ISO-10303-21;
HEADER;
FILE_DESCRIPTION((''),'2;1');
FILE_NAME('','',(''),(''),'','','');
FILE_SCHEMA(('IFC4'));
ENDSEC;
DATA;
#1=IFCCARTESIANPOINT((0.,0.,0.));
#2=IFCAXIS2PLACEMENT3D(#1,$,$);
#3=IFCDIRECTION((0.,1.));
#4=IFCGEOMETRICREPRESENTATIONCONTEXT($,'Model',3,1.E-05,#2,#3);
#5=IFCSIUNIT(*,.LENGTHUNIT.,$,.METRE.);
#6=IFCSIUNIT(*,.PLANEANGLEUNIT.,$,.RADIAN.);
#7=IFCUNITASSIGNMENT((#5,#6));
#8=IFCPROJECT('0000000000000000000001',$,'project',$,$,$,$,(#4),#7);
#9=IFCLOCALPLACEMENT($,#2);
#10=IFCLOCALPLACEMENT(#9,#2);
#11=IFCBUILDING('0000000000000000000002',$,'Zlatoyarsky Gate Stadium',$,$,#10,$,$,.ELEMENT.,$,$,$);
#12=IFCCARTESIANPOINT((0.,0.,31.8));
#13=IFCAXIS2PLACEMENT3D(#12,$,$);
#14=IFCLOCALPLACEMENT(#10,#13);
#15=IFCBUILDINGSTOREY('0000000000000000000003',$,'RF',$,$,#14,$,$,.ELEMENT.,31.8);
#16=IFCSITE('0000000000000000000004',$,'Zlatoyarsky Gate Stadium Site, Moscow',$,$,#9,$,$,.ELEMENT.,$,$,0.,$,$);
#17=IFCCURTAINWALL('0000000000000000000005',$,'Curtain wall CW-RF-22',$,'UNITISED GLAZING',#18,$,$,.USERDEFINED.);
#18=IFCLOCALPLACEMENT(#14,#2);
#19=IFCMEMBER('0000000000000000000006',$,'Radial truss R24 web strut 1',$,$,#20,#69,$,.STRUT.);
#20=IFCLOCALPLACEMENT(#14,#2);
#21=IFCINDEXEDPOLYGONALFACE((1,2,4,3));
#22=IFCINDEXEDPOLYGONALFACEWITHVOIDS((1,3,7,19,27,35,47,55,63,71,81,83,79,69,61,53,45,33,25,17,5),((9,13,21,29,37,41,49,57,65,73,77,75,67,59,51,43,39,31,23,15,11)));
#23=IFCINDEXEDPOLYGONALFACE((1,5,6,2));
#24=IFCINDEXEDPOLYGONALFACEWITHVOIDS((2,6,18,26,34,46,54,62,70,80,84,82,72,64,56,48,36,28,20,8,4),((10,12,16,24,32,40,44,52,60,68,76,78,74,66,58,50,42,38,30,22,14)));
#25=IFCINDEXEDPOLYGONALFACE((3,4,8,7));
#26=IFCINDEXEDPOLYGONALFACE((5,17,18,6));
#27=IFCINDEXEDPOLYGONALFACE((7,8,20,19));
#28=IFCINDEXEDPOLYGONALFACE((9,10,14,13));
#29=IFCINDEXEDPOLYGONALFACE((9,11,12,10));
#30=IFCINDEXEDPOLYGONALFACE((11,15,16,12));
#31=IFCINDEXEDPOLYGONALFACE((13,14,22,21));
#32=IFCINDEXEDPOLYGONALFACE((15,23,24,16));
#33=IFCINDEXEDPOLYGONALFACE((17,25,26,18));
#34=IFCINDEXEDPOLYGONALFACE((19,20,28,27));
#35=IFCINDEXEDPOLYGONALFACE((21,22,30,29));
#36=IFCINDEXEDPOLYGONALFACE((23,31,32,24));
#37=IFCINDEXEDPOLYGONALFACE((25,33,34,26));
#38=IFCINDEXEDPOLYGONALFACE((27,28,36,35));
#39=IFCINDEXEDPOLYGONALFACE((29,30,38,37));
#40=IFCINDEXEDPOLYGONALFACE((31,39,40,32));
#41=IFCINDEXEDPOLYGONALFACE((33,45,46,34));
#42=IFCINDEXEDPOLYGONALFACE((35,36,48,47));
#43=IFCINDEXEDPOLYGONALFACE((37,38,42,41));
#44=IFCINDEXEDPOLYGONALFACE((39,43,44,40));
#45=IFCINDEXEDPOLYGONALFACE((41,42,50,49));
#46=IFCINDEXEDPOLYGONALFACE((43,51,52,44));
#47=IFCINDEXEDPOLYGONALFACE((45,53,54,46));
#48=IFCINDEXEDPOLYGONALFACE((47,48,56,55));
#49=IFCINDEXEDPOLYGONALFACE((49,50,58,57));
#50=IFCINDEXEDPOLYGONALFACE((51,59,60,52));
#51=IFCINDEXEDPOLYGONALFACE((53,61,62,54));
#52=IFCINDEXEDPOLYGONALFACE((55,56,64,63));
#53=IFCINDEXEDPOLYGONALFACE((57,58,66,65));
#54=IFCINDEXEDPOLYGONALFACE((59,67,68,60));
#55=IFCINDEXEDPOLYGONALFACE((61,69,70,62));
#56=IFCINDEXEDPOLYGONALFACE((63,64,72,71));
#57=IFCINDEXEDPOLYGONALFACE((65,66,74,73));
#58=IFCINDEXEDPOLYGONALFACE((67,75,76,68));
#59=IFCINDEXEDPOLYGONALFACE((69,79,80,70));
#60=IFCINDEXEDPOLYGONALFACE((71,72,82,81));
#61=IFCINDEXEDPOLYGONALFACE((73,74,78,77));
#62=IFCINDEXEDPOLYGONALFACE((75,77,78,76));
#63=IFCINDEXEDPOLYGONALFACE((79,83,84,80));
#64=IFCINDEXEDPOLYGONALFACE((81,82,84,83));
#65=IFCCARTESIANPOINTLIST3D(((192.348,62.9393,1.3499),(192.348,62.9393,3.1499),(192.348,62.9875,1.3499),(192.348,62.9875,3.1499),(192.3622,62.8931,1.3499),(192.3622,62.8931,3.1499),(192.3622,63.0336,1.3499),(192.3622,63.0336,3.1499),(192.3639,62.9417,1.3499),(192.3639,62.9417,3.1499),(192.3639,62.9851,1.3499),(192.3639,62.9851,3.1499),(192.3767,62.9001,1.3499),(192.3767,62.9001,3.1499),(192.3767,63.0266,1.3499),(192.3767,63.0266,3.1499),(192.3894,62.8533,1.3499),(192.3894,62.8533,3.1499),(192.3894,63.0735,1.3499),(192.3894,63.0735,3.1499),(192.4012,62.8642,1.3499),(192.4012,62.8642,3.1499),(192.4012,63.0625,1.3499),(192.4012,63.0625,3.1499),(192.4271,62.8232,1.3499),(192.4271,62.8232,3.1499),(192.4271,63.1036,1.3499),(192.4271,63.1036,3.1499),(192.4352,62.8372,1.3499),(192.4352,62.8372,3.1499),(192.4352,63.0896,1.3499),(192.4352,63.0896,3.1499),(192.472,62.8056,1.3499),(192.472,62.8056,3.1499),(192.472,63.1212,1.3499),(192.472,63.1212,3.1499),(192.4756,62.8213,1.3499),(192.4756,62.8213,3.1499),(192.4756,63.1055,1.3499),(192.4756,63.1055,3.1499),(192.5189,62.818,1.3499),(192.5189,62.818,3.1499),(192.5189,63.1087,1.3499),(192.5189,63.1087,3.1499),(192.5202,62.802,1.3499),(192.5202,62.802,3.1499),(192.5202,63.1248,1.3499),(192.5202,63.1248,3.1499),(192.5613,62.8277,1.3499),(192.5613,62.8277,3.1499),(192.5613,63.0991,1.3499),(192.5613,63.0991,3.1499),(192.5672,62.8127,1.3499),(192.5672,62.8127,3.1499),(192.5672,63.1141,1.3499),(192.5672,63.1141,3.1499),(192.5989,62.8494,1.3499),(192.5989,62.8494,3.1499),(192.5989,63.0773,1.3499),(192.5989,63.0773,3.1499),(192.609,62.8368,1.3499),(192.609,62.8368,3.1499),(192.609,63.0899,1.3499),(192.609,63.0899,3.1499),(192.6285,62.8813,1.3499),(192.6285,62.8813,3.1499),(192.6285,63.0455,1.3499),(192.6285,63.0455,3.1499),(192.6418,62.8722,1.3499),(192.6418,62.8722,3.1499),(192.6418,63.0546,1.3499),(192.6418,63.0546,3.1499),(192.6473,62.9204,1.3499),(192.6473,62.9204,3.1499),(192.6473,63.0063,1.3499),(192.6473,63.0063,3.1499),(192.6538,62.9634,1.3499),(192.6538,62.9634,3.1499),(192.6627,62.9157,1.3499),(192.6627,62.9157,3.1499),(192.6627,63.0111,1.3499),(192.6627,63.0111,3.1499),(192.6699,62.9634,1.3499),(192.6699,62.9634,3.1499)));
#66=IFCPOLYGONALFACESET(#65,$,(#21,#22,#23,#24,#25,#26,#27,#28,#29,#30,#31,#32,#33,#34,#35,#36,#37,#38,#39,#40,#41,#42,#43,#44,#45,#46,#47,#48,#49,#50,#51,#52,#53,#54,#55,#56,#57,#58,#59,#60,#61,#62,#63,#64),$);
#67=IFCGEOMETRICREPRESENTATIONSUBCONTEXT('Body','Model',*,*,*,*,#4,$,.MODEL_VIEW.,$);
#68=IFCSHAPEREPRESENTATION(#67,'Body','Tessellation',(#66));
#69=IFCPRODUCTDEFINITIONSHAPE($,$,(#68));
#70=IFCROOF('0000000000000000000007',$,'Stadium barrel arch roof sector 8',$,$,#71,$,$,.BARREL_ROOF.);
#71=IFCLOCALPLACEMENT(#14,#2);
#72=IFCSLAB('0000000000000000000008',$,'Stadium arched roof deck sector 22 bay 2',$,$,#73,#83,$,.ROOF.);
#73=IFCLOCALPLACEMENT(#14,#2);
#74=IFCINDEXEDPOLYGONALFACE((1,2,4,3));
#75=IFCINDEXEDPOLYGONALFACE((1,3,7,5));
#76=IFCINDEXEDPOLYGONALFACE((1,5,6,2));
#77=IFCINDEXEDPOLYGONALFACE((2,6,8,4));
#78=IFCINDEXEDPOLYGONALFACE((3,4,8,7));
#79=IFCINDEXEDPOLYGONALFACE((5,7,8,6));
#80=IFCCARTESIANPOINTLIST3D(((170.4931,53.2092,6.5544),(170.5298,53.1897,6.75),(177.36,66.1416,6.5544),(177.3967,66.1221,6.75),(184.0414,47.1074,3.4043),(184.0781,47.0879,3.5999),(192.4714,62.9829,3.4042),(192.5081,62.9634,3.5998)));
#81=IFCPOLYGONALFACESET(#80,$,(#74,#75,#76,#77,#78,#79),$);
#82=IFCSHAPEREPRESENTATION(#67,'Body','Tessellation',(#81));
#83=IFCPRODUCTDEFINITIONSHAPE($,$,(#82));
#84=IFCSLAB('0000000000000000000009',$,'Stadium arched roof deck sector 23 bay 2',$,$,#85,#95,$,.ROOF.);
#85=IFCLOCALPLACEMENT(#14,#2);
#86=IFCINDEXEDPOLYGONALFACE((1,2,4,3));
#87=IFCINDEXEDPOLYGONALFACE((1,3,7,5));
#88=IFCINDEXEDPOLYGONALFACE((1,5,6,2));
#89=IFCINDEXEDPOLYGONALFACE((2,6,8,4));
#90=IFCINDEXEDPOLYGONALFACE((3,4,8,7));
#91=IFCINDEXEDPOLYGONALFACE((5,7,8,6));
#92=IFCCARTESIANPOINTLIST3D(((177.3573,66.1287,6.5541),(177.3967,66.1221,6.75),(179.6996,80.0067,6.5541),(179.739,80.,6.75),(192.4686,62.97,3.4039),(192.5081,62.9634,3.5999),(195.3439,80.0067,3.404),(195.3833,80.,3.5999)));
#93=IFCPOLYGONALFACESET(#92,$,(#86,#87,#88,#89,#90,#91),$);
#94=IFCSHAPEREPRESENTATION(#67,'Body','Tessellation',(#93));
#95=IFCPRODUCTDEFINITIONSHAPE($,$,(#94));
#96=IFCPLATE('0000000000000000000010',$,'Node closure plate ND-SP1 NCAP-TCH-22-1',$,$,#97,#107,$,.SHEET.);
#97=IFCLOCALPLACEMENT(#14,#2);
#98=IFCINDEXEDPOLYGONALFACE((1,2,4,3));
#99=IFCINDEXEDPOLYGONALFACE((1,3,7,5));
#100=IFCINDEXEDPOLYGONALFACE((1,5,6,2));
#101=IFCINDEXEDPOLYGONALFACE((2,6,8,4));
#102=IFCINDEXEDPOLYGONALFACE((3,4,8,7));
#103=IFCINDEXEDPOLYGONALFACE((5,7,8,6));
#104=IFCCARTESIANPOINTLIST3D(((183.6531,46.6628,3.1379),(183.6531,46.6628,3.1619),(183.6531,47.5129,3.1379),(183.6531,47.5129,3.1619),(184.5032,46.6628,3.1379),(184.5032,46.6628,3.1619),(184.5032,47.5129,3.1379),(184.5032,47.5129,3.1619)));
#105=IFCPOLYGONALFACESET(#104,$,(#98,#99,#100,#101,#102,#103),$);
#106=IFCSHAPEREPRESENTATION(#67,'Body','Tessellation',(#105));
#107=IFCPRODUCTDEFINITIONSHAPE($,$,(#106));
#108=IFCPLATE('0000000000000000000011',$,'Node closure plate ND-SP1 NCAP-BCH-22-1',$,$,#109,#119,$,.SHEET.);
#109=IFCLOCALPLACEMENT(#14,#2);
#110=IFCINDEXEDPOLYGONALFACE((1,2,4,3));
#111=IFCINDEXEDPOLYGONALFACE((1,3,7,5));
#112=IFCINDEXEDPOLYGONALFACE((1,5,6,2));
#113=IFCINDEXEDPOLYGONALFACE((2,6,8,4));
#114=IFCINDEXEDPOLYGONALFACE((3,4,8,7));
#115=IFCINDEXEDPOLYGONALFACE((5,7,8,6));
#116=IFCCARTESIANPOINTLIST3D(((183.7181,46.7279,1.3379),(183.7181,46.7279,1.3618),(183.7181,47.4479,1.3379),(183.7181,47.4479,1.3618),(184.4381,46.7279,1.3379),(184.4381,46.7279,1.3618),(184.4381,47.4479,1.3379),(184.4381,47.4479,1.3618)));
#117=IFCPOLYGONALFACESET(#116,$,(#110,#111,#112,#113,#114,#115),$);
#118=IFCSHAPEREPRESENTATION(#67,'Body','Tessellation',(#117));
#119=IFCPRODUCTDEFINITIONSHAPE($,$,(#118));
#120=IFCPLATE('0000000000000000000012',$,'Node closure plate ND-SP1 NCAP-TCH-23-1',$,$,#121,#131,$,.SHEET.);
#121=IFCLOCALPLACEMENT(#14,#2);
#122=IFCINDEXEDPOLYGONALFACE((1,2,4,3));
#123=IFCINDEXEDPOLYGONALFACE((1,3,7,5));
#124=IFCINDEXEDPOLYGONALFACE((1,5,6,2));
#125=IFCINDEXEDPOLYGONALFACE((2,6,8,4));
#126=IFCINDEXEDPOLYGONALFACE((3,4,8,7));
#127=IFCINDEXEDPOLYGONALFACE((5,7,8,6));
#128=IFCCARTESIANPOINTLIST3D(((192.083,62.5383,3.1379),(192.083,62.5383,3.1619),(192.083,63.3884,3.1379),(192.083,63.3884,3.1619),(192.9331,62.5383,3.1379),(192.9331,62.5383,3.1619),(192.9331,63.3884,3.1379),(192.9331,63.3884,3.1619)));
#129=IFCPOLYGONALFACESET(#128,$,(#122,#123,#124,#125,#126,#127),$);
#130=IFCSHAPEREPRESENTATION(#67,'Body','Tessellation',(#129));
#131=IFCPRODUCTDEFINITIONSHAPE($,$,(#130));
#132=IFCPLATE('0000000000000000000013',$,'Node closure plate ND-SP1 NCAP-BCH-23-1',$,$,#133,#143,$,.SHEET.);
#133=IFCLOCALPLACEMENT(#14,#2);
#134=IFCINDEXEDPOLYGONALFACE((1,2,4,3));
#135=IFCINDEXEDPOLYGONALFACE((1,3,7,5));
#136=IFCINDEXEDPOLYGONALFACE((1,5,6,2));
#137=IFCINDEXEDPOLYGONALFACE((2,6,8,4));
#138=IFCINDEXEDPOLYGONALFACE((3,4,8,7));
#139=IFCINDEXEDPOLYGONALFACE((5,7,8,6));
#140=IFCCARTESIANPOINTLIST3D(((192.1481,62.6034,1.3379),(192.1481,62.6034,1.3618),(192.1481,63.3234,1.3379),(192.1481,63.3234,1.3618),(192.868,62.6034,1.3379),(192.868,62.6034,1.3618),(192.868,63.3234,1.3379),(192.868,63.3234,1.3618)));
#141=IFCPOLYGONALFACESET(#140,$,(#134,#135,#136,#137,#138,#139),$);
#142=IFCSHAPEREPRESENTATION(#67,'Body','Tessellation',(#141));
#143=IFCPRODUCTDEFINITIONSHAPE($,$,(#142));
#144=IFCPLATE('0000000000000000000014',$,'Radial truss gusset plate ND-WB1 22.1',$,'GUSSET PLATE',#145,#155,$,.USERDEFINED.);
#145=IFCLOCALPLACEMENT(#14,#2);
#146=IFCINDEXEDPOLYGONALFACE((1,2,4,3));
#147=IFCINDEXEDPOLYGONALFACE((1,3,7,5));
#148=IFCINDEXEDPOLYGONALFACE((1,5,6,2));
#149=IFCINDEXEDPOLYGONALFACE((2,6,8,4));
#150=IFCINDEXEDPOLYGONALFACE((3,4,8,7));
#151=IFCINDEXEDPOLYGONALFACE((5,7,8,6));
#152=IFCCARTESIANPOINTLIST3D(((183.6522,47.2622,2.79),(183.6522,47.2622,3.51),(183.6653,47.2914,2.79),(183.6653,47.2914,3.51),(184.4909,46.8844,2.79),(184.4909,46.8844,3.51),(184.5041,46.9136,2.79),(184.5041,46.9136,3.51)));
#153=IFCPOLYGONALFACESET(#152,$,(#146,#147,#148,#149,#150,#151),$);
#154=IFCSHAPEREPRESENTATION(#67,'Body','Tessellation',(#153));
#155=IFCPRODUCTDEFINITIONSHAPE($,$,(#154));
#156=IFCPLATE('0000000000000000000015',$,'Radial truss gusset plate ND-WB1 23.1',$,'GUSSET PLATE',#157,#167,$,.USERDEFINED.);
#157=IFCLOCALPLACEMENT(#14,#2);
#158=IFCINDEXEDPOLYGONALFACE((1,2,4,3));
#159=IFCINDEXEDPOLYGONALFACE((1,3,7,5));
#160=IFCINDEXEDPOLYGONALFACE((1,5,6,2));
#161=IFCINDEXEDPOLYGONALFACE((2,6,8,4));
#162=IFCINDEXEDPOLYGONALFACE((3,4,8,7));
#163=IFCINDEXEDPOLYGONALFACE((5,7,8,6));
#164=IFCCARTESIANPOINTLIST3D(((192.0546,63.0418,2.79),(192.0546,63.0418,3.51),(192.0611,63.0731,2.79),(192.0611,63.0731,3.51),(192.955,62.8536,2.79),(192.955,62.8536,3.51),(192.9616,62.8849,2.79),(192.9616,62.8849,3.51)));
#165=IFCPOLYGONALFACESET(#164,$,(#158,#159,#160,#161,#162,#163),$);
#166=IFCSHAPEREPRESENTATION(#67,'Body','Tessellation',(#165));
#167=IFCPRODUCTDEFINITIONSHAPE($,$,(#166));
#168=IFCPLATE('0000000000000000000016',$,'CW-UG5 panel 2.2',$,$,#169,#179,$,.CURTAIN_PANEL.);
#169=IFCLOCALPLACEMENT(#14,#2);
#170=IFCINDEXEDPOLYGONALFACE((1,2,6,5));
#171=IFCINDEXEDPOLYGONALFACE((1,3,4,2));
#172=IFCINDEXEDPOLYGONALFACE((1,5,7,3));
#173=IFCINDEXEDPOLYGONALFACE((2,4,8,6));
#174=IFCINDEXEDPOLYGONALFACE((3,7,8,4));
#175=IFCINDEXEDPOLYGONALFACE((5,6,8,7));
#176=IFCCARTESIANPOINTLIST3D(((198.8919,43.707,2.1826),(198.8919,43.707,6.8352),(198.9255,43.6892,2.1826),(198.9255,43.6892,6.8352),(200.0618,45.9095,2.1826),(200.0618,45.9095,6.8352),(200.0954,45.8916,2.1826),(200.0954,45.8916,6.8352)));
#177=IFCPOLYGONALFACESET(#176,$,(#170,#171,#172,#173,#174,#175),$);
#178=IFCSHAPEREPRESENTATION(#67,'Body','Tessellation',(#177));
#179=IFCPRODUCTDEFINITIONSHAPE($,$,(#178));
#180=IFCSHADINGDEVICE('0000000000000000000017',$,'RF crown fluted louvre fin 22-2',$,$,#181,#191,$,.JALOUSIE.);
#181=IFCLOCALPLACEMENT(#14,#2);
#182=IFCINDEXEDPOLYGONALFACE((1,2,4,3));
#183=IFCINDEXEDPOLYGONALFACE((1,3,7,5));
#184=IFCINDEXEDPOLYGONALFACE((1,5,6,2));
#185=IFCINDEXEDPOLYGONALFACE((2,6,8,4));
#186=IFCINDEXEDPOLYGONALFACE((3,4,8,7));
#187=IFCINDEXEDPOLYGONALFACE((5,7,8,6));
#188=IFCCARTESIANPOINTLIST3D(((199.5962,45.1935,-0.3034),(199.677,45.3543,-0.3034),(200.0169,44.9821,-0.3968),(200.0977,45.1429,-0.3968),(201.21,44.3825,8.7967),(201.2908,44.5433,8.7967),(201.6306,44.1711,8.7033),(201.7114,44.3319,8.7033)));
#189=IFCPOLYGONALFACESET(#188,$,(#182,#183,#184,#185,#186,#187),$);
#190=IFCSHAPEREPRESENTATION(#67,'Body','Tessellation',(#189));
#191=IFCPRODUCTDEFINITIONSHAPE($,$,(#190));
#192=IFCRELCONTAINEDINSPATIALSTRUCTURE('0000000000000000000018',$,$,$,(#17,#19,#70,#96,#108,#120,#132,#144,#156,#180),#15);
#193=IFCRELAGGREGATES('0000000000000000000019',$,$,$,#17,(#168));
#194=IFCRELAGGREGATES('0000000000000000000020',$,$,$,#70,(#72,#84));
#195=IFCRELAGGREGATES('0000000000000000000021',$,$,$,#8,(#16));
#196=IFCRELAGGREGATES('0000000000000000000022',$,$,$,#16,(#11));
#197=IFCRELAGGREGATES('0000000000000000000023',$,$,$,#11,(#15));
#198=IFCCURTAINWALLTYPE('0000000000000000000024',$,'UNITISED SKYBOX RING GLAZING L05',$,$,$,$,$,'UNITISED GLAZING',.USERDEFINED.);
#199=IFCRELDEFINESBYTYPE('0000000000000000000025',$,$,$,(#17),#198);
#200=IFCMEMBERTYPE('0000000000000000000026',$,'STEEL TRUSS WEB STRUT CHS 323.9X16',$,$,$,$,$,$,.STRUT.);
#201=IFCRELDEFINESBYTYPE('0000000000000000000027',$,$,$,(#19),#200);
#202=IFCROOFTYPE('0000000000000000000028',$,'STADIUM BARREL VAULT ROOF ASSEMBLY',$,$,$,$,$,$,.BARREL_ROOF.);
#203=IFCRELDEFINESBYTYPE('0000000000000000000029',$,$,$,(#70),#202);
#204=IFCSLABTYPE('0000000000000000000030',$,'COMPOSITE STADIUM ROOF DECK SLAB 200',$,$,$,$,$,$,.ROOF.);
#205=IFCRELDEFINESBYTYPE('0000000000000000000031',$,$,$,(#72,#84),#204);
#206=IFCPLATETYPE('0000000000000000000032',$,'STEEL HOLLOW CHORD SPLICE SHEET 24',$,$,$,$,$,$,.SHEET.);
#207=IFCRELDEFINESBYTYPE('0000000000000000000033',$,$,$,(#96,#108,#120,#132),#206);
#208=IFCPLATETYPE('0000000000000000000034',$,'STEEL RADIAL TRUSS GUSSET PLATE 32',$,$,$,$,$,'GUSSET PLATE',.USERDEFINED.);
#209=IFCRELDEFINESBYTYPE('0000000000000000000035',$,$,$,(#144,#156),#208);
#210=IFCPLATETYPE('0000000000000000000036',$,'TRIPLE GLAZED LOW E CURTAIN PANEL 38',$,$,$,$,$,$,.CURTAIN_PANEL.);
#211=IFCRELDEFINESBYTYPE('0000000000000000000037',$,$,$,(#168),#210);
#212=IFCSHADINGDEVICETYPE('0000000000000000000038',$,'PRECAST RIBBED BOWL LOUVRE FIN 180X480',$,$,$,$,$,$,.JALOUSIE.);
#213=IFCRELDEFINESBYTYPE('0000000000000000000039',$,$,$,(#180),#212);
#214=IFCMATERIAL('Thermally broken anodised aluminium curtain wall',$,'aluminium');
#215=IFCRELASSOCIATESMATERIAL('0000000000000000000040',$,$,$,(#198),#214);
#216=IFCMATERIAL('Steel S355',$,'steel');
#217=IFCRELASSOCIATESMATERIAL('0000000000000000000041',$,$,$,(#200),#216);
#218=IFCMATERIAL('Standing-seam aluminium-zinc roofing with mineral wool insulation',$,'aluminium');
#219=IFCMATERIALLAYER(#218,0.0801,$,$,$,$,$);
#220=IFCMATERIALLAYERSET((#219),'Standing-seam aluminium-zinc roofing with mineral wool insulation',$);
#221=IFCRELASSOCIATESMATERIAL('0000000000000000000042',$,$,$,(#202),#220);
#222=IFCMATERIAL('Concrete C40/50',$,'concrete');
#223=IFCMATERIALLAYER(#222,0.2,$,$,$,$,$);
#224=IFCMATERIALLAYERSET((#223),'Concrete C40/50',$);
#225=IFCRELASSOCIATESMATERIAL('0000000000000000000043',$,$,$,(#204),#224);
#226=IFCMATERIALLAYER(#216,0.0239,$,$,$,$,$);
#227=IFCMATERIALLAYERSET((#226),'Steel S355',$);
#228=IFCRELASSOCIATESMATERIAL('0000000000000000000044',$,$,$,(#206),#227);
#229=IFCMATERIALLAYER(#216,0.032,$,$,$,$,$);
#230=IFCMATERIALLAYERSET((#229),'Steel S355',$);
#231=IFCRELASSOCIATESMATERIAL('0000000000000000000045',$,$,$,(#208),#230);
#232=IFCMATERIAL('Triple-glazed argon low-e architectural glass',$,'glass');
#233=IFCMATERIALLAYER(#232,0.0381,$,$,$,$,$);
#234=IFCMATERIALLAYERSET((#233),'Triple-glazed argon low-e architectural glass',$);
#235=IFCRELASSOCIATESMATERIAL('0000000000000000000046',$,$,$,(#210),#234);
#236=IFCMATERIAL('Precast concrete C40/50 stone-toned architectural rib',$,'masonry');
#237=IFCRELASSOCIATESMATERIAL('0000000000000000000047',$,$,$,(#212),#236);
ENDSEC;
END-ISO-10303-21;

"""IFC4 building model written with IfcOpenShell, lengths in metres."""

from ifc_helpers import new_model, si_unit, direction, frame, origin, origin_2d, place, context, subcontext, project, spatial, polyline, rectangle, hollow_circle, outline, extrude, material, layer, layer_set, material_profile, profile_set, type_object, element, aggregate, save


model = new_model("IFC4")

# Units and contexts
model_context = context("Model", 3, precision=1e-05, world=origin(), true_north=direction((0.0, 1.0)))
body_context = subcontext(model_context, "Body", "Model", "MODEL_VIEW")
ifc_project = project(units=[si_unit("LENGTHUNIT", "METRE"), si_unit("PLANEANGLEUNIT", "RADIAN")], contexts=[model_context])

# Site, building, storey
site_placement = place(None, origin())
site = spatial("IfcSite", under=ifc_project, at=site_placement, Name="Zlatoyarsky Gate Stadium Site, Moscow", CompositionType="ELEMENT", RefElevation=0.0)
building_placement = place(site_placement, origin())
building = spatial("IfcBuilding", under=site, at=building_placement, Name="Zlatoyarsky Gate Stadium", CompositionType="ELEMENT")
storey_placement = place(building_placement, frame((0.0, 0.0, 31.8)))
storey = spatial("IfcBuildingStorey", under=building, at=storey_placement, Name="RF", CompositionType="ELEMENT", Elevation=31.8)

# Curtain wall
ifc_material_1 = material(Name="Thermally broken anodised aluminium curtain wall", Category="aluminium")
curtain_wall_type = type_object("IfcCurtainWallType", Name="UNITISED SKYBOX RING GLAZING L05", ElementType="UNITISED GLAZING", PredefinedType="USERDEFINED", material=ifc_material_1)
curtain_wall_placement = place(storey_placement, origin())
curtain_wall = element("IfcCurtainWall", 1, at=curtain_wall_placement, inside=storey, type_object=curtain_wall_type, Name="Curtain wall CW-RF-22", ObjectType="UNITISED GLAZING", PredefinedType="USERDEFINED")

# Shared definitions
ifc_material_2 = material(Name="Steel S355", Category="steel")

# Member
ifc_material_profile_1 = material_profile(ifc_material_2, hollow_circle(Radius=0.1619, WallThickness=0.0161, at=origin_2d()), Name="CHS 323.9X16")
ifc_profile_set_1 = profile_set([ifc_material_profile_1], Name="Steel S355")
member_type_1 = type_object("IfcMemberType", Name="STEEL TRUSS WEB STRUT CHS 323.9X16", PredefinedType="STRUT", material=ifc_profile_set_1)
for number, where, z_axis, x_axis, name in (
    (2, (192.5081, 62.9634, 1.3499), (0.0, 0.0, 1.0), (1.0, 0.0, 0.0), "Radial truss R24 web strut 1"),
):
    element("IfcMember", number, at=place(storey_placement, frame(where, z_axis=z_axis, x_axis=x_axis)), inside=storey, type_object=member_type_1, Name=name, PredefinedType="STRUT", context=body_context, shape_type="SweptSolid", body=[
        extrude(hollow_circle(Radius=0.1619, WallThickness=0.0161, at=origin_2d()), origin(), (0.0, 0.0, 1.0), 1.8),
    ])

# Roof, slabs
ifc_material_3 = material(Name="Standing-seam aluminium-zinc roofing with mineral wool insulation", Category="aluminium")
ifc_layer_1 = layer(ifc_material_3, 0.0801)
ifc_layer_set_1 = layer_set([ifc_layer_1], Name="Standing-seam aluminium-zinc roofing with mineral wool insulation")
roof_type = type_object("IfcRoofType", Name="STADIUM BARREL VAULT ROOF ASSEMBLY", PredefinedType="BARREL_ROOF", material=ifc_layer_set_1)
roof_placement = place(storey_placement, origin())
roof = element("IfcRoof", 3, at=roof_placement, inside=storey, type_object=roof_type, Name="Stadium barrel arch roof sector 8", PredefinedType="BARREL_ROOF")
ifc_material_4 = material(Name="Concrete C40/50", Category="concrete")
ifc_layer_2 = layer(ifc_material_4, 0.2)
ifc_layer_set_2 = layer_set([ifc_layer_2], Name="Concrete C40/50")
slab_type = type_object("IfcSlabType", Name="COMPOSITE STADIUM ROOF DECK SLAB 200", PredefinedType="ROOF", material=ifc_layer_set_2)
slab_1_placement = place(storey_placement, frame((184.0781, 47.0879, 3.5999), z_axis=(0.183541, -0.09746, 0.978169), x_axis=(0.468985, 0.883206, -0.000001)))
slab_1 = element("IfcSlab", 4, at=slab_1_placement, type_object=slab_type, Name="Stadium arched roof deck sector 22 bay 2", PredefinedType="ROOF", context=body_context, shape_type="SweptSolid", body=[
    extrude(outline(polyline([(0.0, 0.0), (17.9748, 0.0), (13.6776, 15.1587), (-0.9648, 15.1586), (0.0, 0.0)])), origin(), (0.0, 0.0, -1.0), 0.2),
])
slab_2_placement = place(storey_placement, frame((192.5081, 62.9634, 3.5999), z_axis=(0.197288, -0.033297, 0.97978), x_axis=(0.166415, 0.986056, 0.000001)))
slab_2 = element("IfcSlab", 5, at=slab_2_placement, type_object=slab_type, Name="Stadium arched roof deck sector 23 bay 2", PredefinedType="ROOF", context=body_context, shape_type="SweptSolid", body=[
    extrude(outline(polyline([(0.0, 0.0), (17.2775, 0.0), (14.6741, 15.7445), (0.5999, 15.7446), (0.0, 0.0)])), origin(), (0.0, 0.0, -1.0), 0.2),
])

# Plates
ifc_layer_3 = layer(ifc_material_2, 0.0239)
ifc_layer_set_3 = layer_set([ifc_layer_3], Name="Steel S355")
plate_type_1 = type_object("IfcPlateType", Name="STEEL HOLLOW CHORD SPLICE SHEET 24", PredefinedType="SHEET", material=ifc_layer_set_3)
plate_1_placement = place(storey_placement, frame((184.0781, 47.0879, 3.1379), z_axis=(0.0, 0.0, 1.0), x_axis=(1.0, 0.0, 0.0)))
element("IfcPlate", 6, at=plate_1_placement, inside=storey, type_object=plate_type_1, Name="Node closure plate ND-SP1 NCAP-TCH-22-1", PredefinedType="SHEET", context=body_context, shape_type="SweptSolid", body=[
    extrude(rectangle(XDim=0.8501, YDim=0.8501, at=origin_2d()), origin(), (0.0, 0.0, 1.0), 0.0239),
])
plate_2_placement = place(storey_placement, frame((184.0781, 47.0879, 1.3379), z_axis=(0.0, 0.0, 1.0), x_axis=(1.0, 0.0, 0.0)))
element("IfcPlate", 7, at=plate_2_placement, inside=storey, type_object=plate_type_1, Name="Node closure plate ND-SP1 NCAP-BCH-22-1", PredefinedType="SHEET", context=body_context, shape_type="SweptSolid", body=[
    extrude(rectangle(XDim=0.72, YDim=0.72, at=origin_2d()), origin(), (0.0, 0.0, 1.0), 0.0239),
])
plate_3_placement = place(storey_placement, frame((192.5081, 62.9634, 3.1379), z_axis=(0.0, 0.0, 1.0), x_axis=(1.0, 0.0, 0.0)))
element("IfcPlate", 8, at=plate_3_placement, inside=storey, type_object=plate_type_1, Name="Node closure plate ND-SP1 NCAP-TCH-23-1", PredefinedType="SHEET", context=body_context, shape_type="SweptSolid", body=[
    extrude(rectangle(XDim=0.8501, YDim=0.8501, at=origin_2d()), origin(), (0.0, 0.0, 1.0), 0.0239),
])
plate_4_placement = place(storey_placement, frame((192.5081, 62.9634, 1.3379), z_axis=(0.0, 0.0, 1.0), x_axis=(1.0, 0.0, 0.0)))
element("IfcPlate", 9, at=plate_4_placement, inside=storey, type_object=plate_type_1, Name="Node closure plate ND-SP1 NCAP-BCH-23-1", PredefinedType="SHEET", context=body_context, shape_type="SweptSolid", body=[
    extrude(rectangle(XDim=0.72, YDim=0.72, at=origin_2d()), origin(), (0.0, 0.0, 1.0), 0.0239),
])
ifc_layer_4 = layer(ifc_material_2, 0.032)
ifc_layer_set_4 = layer_set([ifc_layer_4], Name="Steel S355")
plate_type_2 = type_object("IfcPlateType", Name="STEEL RADIAL TRUSS GUSSET PLATE 32", ElementType="GUSSET PLATE", PredefinedType="USERDEFINED", material=ifc_layer_set_4)
for number, where, z_axis, x_axis, name in (
    (10, (184.0781, 47.0879, 2.79), (0.0, 0.0, 1.0), (-0.911796, 0.410644, 0.0), "Radial truss gusset plate ND-WB1 22.1"),
    (11, (192.5081, 62.9634, 2.79), (0.0, 0.0, 1.0), (-0.978847, 0.204595, 0.0), "Radial truss gusset plate ND-WB1 23.1"),
):
    element("IfcPlate", number, at=place(storey_placement, frame(where, z_axis=z_axis, x_axis=x_axis)), inside=storey, type_object=plate_type_2, Name=name, ObjectType="GUSSET PLATE", PredefinedType="USERDEFINED", context=body_context, shape_type="SweptSolid", body=[
        extrude(rectangle(XDim=0.9199, YDim=0.032, at=origin_2d()), origin(), (0.0, 0.0, 1.0), 0.72),
    ])

# Plate
ifc_material_5 = material(Name="Triple-glazed argon low-e architectural glass", Category="glass")
ifc_layer_5 = layer(ifc_material_5, 0.0381)
ifc_layer_set_5 = layer_set([ifc_layer_5], Name="Triple-glazed argon low-e architectural glass")
plate_type_3 = type_object("IfcPlateType", Name="TRIPLE GLAZED LOW E CURTAIN PANEL 38", PredefinedType="CURTAIN_PANEL", material=ifc_layer_set_5)
plate_5_placement = place(storey_placement, frame((199.4937, 44.7993, 2.1826), z_axis=(0.0, 0.0, 1.0), x_axis=(0.469127, 0.883131, 0.0)))
plate_5 = element("IfcPlate", 12, at=plate_5_placement, type_object=plate_type_3, Name="CW-UG5 panel 2.2", PredefinedType="CURTAIN_PANEL", context=body_context, shape_type="SweptSolid", body=[
    extrude(rectangle(XDim=2.4939, YDim=0.0381, at=origin_2d()), origin(), (0.0, 0.0, 1.0), 4.6526),
])
aggregate(curtain_wall, [plate_5])

# Shading device
ifc_material_6 = material(Name="Precast concrete C40/50 stone-toned architectural rib", Category="masonry")
ifc_material_profile_2 = material_profile(ifc_material_6, rectangle(XDim=0.1799, YDim=0.48, at=origin_2d()), Name="RIB 180X480")
ifc_profile_set_2 = profile_set([ifc_material_profile_2], Name="Precast concrete C40/50 stone-toned architectural rib")
shading_device_type = type_object("IfcShadingDeviceType", Name="PRECAST RIBBED BOWL LOUVRE FIN 180X480", PredefinedType="JALOUSIE", material=ifc_profile_set_2)
shading_device_placement = place(storey_placement, frame((199.8469, 45.1682, -0.3501), z_axis=(0.173943, -0.087419, 0.980868), x_axis=(0.449051, 0.893506, 0.0)))
element("IfcShadingDevice", 13, at=shading_device_placement, inside=storey, type_object=shading_device_type, Name="RF crown fluted louvre fin 22-2", PredefinedType="JALOUSIE", context=body_context, shape_type="SweptSolid", body=[
    extrude(rectangle(XDim=0.1799, YDim=0.48, at=origin_2d()), origin(), (0.0, 0.0, 1.0), 9.2776),
])

aggregate(roof, [slab_1, slab_2])

save(model, "model.ifc")
